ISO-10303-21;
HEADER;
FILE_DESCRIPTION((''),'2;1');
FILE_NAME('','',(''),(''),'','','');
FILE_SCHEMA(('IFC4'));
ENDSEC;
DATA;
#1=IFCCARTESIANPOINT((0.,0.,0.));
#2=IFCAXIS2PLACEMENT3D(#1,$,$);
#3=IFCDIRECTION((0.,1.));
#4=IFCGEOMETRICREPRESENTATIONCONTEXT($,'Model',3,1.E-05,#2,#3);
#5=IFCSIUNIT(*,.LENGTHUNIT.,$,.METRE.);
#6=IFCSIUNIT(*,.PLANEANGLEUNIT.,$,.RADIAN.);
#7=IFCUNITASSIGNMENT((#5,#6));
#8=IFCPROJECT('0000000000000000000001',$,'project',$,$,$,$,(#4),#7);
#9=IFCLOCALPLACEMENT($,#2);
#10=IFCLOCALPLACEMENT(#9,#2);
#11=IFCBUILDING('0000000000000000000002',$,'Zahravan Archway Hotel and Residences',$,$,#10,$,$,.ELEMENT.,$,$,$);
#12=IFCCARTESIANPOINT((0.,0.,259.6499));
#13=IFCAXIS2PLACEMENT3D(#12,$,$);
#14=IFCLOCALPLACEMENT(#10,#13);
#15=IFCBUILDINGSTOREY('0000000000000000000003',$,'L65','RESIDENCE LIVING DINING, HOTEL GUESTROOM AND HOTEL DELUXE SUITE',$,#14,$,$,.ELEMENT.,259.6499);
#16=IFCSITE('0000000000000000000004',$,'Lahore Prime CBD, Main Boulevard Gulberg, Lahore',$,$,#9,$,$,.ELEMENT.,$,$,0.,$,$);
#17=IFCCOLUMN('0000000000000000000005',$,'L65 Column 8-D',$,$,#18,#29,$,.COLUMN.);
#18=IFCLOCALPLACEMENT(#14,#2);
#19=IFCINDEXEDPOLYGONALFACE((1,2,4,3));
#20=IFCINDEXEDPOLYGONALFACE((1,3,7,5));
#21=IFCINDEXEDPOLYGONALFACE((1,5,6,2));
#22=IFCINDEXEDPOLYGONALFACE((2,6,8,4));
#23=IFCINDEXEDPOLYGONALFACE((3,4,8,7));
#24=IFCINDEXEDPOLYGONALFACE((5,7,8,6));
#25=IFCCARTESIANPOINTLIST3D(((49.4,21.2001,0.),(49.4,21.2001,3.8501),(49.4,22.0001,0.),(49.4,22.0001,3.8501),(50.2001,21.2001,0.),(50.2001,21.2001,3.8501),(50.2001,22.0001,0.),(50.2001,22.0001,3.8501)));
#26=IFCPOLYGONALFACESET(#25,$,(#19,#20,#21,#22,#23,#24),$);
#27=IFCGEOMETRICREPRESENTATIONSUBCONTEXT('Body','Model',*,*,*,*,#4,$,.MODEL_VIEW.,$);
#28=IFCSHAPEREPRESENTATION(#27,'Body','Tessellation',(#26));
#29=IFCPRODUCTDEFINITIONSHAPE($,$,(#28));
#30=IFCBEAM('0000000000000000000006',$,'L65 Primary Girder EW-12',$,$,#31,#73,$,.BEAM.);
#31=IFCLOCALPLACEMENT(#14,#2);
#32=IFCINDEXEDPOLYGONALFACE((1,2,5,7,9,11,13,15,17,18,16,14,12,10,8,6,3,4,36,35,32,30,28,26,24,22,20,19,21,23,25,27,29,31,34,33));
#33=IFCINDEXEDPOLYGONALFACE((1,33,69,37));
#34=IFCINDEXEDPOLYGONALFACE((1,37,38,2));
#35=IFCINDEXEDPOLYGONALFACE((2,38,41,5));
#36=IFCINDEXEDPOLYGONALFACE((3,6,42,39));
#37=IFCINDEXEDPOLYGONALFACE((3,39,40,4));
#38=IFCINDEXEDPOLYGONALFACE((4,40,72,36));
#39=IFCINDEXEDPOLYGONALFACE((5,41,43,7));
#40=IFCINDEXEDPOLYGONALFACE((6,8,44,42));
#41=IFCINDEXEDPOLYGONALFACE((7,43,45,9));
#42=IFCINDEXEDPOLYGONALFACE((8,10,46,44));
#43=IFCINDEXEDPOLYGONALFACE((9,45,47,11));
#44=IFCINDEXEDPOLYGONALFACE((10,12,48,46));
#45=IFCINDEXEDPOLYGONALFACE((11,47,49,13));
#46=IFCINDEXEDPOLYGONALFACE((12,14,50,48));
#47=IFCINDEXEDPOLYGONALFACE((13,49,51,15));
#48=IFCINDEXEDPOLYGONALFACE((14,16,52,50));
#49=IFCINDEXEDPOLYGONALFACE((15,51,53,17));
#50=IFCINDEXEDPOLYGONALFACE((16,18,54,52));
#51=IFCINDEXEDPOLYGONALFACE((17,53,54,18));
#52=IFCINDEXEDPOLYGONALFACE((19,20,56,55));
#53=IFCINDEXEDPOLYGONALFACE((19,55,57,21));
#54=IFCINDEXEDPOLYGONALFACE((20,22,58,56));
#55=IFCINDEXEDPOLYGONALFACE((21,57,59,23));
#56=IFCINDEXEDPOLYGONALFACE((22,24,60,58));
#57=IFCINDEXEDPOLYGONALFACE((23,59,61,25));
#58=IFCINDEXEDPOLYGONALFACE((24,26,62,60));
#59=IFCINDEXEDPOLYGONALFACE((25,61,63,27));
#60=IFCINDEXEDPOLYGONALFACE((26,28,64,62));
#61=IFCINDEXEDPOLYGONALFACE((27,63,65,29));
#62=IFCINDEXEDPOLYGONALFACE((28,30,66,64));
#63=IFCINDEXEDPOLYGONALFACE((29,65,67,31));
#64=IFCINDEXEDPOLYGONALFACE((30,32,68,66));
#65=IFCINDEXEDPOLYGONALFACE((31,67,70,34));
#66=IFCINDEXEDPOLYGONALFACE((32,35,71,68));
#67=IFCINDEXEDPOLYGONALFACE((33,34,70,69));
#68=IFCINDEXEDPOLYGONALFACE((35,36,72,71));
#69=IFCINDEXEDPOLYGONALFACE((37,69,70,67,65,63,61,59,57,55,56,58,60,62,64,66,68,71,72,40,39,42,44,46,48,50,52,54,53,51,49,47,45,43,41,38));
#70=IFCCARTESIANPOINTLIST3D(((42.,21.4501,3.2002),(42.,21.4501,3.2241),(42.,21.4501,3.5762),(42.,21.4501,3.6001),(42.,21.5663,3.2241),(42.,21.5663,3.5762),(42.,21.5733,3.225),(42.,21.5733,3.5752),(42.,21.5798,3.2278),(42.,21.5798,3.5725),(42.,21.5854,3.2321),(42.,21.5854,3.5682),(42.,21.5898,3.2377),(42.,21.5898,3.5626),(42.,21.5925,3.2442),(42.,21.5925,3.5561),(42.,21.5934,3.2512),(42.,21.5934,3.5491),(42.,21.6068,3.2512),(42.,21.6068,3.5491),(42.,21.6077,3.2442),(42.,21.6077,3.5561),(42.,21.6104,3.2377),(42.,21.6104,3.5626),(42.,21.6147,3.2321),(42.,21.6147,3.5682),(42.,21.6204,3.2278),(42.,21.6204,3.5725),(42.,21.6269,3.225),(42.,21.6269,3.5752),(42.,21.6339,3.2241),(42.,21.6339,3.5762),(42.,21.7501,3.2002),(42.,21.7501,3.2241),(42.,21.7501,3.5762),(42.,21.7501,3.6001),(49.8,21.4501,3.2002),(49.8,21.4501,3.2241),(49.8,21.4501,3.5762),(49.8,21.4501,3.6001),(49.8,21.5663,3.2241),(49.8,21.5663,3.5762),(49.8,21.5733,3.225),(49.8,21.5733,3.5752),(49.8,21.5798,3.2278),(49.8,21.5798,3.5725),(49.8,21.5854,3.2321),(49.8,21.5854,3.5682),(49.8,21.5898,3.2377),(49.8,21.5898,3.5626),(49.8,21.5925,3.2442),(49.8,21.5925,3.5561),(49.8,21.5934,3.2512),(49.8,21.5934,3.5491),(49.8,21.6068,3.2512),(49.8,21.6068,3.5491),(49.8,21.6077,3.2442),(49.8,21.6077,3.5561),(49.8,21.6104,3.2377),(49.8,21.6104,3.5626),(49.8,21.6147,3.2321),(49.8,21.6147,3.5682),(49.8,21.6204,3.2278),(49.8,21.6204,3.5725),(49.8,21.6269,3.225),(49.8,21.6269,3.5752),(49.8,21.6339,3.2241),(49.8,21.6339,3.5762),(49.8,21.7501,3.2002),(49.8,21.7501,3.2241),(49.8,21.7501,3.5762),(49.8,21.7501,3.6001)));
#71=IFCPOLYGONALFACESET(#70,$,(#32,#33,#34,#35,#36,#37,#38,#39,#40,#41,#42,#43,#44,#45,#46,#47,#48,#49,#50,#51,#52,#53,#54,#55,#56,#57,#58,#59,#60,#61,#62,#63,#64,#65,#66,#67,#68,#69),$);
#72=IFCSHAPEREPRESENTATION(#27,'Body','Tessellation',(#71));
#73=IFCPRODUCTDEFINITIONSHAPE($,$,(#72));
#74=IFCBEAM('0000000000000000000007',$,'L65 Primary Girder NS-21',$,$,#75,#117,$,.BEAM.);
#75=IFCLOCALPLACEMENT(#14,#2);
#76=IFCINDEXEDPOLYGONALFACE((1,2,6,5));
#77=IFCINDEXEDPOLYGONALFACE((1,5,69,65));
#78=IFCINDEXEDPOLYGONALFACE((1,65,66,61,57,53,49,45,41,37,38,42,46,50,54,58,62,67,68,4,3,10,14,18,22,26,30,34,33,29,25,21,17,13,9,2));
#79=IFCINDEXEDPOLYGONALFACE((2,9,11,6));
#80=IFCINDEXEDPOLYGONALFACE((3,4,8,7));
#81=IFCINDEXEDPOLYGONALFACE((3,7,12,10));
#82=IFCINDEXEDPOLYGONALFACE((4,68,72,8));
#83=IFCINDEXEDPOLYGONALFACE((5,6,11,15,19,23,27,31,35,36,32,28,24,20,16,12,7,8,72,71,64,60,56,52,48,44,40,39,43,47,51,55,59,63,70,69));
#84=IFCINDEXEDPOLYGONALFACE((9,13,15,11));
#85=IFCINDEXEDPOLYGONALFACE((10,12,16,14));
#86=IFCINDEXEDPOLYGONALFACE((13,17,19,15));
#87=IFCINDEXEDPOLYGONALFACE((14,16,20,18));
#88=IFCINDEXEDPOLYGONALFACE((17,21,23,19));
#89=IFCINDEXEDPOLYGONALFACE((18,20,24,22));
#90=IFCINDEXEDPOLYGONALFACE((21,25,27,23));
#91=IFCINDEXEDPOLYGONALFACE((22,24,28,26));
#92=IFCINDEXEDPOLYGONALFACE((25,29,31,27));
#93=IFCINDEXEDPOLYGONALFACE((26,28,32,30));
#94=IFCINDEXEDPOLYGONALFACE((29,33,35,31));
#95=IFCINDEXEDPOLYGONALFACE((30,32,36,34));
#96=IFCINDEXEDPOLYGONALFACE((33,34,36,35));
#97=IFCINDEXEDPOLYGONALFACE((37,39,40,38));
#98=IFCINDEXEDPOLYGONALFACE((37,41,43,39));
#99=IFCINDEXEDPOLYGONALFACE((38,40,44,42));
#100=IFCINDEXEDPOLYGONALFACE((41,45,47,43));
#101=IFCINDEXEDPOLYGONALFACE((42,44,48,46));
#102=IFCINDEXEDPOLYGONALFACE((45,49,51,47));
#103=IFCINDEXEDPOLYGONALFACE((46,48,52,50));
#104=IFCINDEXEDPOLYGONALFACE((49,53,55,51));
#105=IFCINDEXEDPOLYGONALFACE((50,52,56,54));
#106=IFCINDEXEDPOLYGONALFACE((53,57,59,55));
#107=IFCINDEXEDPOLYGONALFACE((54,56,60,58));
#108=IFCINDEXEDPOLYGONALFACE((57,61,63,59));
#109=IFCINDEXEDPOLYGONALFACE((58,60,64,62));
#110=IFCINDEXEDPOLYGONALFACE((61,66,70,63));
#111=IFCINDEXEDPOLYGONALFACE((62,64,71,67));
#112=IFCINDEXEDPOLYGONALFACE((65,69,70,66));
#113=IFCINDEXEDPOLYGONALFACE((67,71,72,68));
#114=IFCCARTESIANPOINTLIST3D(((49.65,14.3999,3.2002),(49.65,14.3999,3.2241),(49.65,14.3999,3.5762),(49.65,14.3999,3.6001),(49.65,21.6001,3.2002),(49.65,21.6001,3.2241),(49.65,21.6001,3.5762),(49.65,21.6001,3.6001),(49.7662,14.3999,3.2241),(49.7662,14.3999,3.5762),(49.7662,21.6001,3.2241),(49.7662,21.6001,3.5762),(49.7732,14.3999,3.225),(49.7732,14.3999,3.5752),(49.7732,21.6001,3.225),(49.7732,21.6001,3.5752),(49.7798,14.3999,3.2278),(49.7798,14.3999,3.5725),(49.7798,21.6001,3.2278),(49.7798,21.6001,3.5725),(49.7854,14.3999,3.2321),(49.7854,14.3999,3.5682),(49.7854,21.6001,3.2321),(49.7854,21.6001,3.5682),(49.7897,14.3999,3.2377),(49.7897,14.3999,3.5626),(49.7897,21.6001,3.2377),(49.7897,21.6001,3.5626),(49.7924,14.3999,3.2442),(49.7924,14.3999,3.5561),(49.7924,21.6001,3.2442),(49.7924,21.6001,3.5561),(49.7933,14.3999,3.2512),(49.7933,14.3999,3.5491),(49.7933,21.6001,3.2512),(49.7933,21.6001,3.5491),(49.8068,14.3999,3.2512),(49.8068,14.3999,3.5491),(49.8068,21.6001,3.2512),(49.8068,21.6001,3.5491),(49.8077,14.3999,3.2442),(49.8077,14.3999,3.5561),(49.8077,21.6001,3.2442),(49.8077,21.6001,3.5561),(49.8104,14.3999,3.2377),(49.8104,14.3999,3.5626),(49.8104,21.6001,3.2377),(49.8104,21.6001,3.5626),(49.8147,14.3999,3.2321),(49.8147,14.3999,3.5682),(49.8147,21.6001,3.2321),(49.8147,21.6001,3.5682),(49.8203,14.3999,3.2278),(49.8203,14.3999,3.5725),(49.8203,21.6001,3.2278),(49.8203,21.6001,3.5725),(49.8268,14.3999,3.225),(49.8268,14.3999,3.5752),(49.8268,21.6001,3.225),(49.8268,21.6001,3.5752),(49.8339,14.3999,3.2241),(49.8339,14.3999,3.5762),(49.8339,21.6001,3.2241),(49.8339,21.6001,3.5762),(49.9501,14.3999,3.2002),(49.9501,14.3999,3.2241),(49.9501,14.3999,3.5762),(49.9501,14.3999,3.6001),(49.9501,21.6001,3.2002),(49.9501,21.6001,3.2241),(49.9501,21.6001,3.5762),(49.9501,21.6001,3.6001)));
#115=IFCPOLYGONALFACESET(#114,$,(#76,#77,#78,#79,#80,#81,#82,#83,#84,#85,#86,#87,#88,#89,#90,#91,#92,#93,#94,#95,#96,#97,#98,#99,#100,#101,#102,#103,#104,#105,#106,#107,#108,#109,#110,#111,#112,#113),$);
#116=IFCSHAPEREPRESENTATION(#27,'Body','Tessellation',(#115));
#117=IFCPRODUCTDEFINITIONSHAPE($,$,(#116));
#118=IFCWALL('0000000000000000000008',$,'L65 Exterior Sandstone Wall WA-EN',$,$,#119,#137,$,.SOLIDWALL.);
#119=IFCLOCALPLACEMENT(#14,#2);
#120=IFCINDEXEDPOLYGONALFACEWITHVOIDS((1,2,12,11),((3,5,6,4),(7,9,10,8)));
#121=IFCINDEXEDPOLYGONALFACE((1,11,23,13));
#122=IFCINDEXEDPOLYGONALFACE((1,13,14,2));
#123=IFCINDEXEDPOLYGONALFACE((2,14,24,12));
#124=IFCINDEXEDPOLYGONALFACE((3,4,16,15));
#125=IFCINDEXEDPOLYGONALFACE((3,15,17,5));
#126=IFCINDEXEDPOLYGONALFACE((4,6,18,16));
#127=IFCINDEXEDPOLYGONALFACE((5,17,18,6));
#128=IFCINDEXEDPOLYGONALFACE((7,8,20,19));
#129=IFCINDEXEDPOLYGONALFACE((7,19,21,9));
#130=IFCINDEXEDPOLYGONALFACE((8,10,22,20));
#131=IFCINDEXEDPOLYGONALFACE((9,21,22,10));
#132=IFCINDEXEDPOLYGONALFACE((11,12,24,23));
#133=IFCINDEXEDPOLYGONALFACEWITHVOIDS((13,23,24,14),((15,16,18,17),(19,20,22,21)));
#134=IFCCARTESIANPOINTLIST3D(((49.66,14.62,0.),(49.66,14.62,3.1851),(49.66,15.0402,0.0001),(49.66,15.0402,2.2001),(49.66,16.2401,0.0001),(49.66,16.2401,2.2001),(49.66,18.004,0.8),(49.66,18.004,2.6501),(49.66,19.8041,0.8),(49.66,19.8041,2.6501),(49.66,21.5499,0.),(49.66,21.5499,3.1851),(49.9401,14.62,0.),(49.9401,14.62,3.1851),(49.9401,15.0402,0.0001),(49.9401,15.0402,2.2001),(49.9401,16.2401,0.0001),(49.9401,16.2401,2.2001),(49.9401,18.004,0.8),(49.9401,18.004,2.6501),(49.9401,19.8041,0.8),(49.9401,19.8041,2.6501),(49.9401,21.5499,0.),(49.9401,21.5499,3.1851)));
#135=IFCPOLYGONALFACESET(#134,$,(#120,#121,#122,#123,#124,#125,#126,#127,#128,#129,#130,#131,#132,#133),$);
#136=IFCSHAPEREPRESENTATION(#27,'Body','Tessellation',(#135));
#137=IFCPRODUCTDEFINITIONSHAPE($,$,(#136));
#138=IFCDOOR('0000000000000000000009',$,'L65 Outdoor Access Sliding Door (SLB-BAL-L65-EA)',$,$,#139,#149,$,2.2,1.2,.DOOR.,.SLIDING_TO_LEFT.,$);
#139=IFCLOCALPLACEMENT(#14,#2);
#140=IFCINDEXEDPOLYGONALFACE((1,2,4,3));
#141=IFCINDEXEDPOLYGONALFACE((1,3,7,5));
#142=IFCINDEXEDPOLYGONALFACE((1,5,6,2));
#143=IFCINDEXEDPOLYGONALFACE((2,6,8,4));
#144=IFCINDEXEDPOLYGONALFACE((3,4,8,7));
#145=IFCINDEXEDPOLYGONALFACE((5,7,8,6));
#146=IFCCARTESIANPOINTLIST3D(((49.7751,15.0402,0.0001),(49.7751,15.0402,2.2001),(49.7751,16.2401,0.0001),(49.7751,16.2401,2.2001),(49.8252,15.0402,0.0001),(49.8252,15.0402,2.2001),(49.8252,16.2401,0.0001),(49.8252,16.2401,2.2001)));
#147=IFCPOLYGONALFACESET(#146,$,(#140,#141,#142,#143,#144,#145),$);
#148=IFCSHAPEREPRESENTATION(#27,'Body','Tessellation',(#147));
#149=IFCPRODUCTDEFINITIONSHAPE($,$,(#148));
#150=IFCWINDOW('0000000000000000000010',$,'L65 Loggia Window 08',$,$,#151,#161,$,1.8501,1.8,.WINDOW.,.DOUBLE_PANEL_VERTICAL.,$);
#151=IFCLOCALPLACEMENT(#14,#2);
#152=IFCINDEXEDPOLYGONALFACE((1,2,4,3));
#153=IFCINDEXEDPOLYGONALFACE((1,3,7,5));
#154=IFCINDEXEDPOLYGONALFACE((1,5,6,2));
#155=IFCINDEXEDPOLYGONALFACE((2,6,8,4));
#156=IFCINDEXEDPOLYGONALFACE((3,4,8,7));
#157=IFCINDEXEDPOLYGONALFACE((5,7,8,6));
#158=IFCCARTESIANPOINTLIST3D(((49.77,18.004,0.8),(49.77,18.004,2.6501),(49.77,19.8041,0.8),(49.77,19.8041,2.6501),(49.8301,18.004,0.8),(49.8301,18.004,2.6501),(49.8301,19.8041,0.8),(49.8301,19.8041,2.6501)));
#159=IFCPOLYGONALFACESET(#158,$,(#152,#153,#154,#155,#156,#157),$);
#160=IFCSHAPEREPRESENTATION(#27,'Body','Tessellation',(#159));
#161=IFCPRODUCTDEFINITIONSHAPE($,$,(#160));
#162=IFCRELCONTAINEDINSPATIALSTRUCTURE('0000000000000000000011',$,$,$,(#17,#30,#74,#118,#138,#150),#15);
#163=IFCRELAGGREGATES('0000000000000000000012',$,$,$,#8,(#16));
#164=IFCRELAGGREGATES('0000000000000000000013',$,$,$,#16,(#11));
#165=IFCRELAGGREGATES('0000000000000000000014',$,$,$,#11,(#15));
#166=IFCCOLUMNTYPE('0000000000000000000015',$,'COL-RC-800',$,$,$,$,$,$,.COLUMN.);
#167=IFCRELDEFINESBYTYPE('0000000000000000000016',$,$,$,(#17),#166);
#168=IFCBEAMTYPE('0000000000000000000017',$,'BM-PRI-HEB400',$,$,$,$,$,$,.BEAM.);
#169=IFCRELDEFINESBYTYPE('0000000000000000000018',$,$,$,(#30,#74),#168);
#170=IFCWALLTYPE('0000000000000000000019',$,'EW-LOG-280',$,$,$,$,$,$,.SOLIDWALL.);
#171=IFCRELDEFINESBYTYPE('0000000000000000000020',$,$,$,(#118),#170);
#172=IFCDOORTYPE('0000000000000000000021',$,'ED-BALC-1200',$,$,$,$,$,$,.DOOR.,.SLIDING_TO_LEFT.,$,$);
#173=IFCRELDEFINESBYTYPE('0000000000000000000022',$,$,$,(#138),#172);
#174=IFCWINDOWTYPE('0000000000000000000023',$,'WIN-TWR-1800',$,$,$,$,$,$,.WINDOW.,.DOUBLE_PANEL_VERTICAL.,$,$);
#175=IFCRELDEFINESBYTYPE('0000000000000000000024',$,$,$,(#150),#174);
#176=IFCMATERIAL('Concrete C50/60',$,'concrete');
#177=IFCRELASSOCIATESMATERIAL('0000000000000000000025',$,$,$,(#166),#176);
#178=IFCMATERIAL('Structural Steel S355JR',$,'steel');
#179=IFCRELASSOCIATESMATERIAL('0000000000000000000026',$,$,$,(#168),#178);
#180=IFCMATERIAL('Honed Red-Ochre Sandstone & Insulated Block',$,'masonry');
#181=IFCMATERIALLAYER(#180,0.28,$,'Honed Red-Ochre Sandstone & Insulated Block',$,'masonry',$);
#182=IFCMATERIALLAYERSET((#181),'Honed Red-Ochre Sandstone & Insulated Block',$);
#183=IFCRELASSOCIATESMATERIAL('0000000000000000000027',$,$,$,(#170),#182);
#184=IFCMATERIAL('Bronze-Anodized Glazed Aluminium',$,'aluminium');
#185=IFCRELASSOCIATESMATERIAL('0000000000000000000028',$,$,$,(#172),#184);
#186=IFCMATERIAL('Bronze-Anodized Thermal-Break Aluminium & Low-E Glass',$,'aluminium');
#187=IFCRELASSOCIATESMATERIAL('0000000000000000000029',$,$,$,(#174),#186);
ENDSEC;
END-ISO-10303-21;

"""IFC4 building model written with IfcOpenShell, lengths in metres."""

from ifc_helpers import new_model, si_unit, direction, frame, frame_2d, origin, origin_2d, place, context, subcontext, project, spatial, rectangle, i_section, extrude, source, transform, mapped, material, layer, layer_set, material_profile, profile_set, type_object, type_shapes, element, fill, save


model = new_model("IFC4")

# Units and contexts
model_context = context("Model", 3, precision=1e-05, world=origin(), true_north=direction((0.0, 1.0)))
body_context = subcontext(model_context, "Body", "Model", "MODEL_VIEW")
ifc_project = project(units=[si_unit("LENGTHUNIT", "METRE"), si_unit("PLANEANGLEUNIT", "RADIAN")], contexts=[model_context])

# Site, building, storey
site_placement = place(None, origin())
site = spatial("IfcSite", under=ifc_project, at=site_placement, Name="Lahore Prime CBD, Main Boulevard Gulberg, Lahore", CompositionType="ELEMENT", RefElevation=0.0)
building_placement = place(site_placement, origin())
building = spatial("IfcBuilding", under=site, at=building_placement, Name="Zahravan Archway Hotel and Residences", CompositionType="ELEMENT")
storey_placement = place(building_placement, frame((0.0, 0.0, 259.6499)))
storey = spatial("IfcBuildingStorey", under=building, at=storey_placement, Name="L65", Description="RESIDENCE LIVING DINING, HOTEL GUESTROOM AND HOTEL DELUXE SUITE", CompositionType="ELEMENT", Elevation=259.6499)

# Column
ifc_material_1 = material(Name="Concrete C50/60", Category="concrete")
ifc_material_profile_1 = material_profile(ifc_material_1, rectangle(XDim=0.8, YDim=0.8, at=origin_2d()), Name="RC-COL-800x800", Category="concrete")
ifc_profile_set_1 = profile_set([ifc_material_profile_1], Name="Concrete C50/60")
column_type = type_object("IfcColumnType", Name="COL-RC-800", PredefinedType="COLUMN", material=ifc_profile_set_1)
shared_shape_1 = source(origin(), body_context, "Body", "SweptSolid", [
    extrude(rectangle(XDim=0.8, YDim=0.8, at=origin_2d()), origin(), (0.0, 0.0, 1.0), 3.8501),
])
column_placement = place(storey_placement, frame((49.8, 21.6001, 0.0), z_axis=(0.0, 0.0, 1.0), x_axis=(1.0, 0.0, 0.0)))
element("IfcColumn", 1, at=column_placement, inside=storey, type_object=column_type, Name="L65 Column 8-D", PredefinedType="COLUMN", context=body_context, shape_type="MappedRepresentation", body=[
    mapped(shared_shape_1, transform((0.0, 0.0, 0.0), scale=1.0)),
])

# Beams
ifc_material_2 = material(Name="Structural Steel S355JR", Category="steel")
ifc_material_profile_2 = material_profile(ifc_material_2, i_section(OverallWidth=0.3, OverallDepth=0.3999, WebThickness=0.0134, FlangeThickness=0.0239, FilletRadius=0.0271, at=origin_2d()), Name="HEB 400", Category="steel")
ifc_profile_set_2 = profile_set([ifc_material_profile_2], Name="Structural Steel S355JR")
beam_type = type_object("IfcBeamType", Name="BM-PRI-HEB400", PredefinedType="BEAM", material=ifc_profile_set_2)
shared_shape_2 = source(origin(), body_context, "Body", "SweptSolid", [
    extrude(i_section(OverallWidth=0.3, OverallDepth=0.3999, WebThickness=0.0134, FlangeThickness=0.0239, FilletRadius=0.0271, at=origin_2d()), origin(), (0.0, 0.0, 1.0), 7.8),
])
beam_1_placement = place(storey_placement, frame((42.0, 21.6001, 3.4001), z_axis=(1.0, 0.0, 0.0), x_axis=(0.0, 1.0, 0.0)))
element("IfcBeam", 2, at=beam_1_placement, inside=storey, type_object=beam_type, Name="L65 Primary Girder EW-12", PredefinedType="BEAM", context=body_context, shape_type="MappedRepresentation", body=[
    mapped(shared_shape_2, transform((0.0, 0.0, 0.0), scale=1.0)),
])
shared_shape_3 = source(origin(), body_context, "Body", "SweptSolid", [
    extrude(i_section(OverallWidth=0.3, OverallDepth=0.3999, WebThickness=0.0134, FlangeThickness=0.0239, FilletRadius=0.0271, at=origin_2d()), origin(), (0.0, 0.0, 1.0), 7.2002),
])
beam_2_placement = place(storey_placement, frame((49.8, 14.3999, 3.4001), z_axis=(0.0, 1.0, 0.0), x_axis=(-1.0, 0.0, 0.0)))
element("IfcBeam", 3, at=beam_2_placement, inside=storey, type_object=beam_type, Name="L65 Primary Girder NS-21", PredefinedType="BEAM", context=body_context, shape_type="MappedRepresentation", body=[
    mapped(shared_shape_3, transform((0.0, 0.0, 0.0), scale=1.0)),
])

# Wall, openings, door, window
ifc_material_3 = material(Name="Honed Red-Ochre Sandstone & Insulated Block", Category="masonry")
ifc_layer_1 = layer(ifc_material_3, 0.28, Name="Honed Red-Ochre Sandstone & Insulated Block", Category="masonry")
ifc_layer_set_1 = layer_set([ifc_layer_1], Name="Honed Red-Ochre Sandstone & Insulated Block")
wall_type_1 = type_object("IfcWallType", Name="EW-LOG-280", PredefinedType="SOLIDWALL", material=ifc_layer_set_1)
wall_1_placement = place(storey_placement, frame((49.8, 14.6201, 0.0), z_axis=(0.0, 0.0, 1.0), x_axis=(0.0, 1.0, 0.0)))
wall_1 = element("IfcWall", 4, at=wall_1_placement, inside=storey, type_object=wall_type_1, Name="L65 Exterior Sandstone Wall WA-EN", PredefinedType="SOLIDWALL", context=body_context, shape_type="SweptSolid", body=[
    extrude(rectangle(XDim=6.9299, YDim=0.28, at=frame_2d((3.4648, 0.0))), origin(), (0.0, 0.0, 1.0), 3.1851),
])
opening_1_placement = place(wall_1_placement, frame((0.4199, 0.0, 0.0)))
opening_1 = element("IfcOpeningElement", 5, at=opening_1_placement, cuts=wall_1, PredefinedType="OPENING", context=body_context, shape_type="SweptSolid", body=[
    extrude(rectangle(XDim=1.2, YDim=2.2, at=frame_2d((0.6001, 1.1001))), frame((0.0, 0.1499, 0.0), z_axis=(0.0, -1.0, 0.0), x_axis=(1.0, 0.0, 0.0)), (0.0, 0.0, 1.0), 0.3),
])
opening_2_placement = place(wall_1_placement, frame((3.384, 0.0, 0.8)))
opening_2 = element("IfcOpeningElement", 6, at=opening_2_placement, cuts=wall_1, PredefinedType="OPENING", context=body_context, shape_type="SweptSolid", body=[
    extrude(rectangle(XDim=1.8, YDim=1.8501, at=frame_2d((0.8999, 0.925))), frame((0.0, 0.1499, 0.0), z_axis=(0.0, -1.0, 0.0), x_axis=(1.0, 0.0, 0.0)), (0.0, 0.0, 1.0), 0.3),
])
ifc_material_4 = material(Name="Bronze-Anodized Glazed Aluminium", Category="aluminium")
door_type_1 = type_object("IfcDoorType", Name="ED-BALC-1200", OperationType="SLIDING_TO_LEFT", PredefinedType="DOOR", material=ifc_material_4)
shared_shape_4 = source(origin(), body_context, "Body", "SweptSolid", [
    extrude(rectangle(XDim=1.2, YDim=2.2, at=frame_2d((0.6001, 1.1001))), frame((0.0, 0.0249, 0.0), z_axis=(0.0, -1.0, 0.0), x_axis=(1.0, 0.0, 0.0)), (0.0, 0.0, 1.0), 0.05),
])
type_shapes(door_type_1, [shared_shape_4])
door_1_placement = place(opening_1_placement, origin())
door_1 = element("IfcDoor", 7, at=door_1_placement, inside=storey, type_object=door_type_1, Name="L65 Outdoor Access Sliding Door (SLB-BAL-L65-EA)", OperationType="SLIDING_TO_LEFT", OverallHeight=2.2, OverallWidth=1.2, PredefinedType="DOOR", context=body_context, shape_type="MappedRepresentation", body=[
    mapped(shared_shape_4, transform((0.0, 0.0, 0.0), scale=1.0)),
])
fill(opening_1, door_1)
ifc_material_5 = material(Name="Bronze-Anodized Thermal-Break Aluminium & Low-E Glass", Category="aluminium")
window_type = type_object("IfcWindowType", Name="WIN-TWR-1800", PartitioningType="DOUBLE_PANEL_VERTICAL", PredefinedType="WINDOW", material=ifc_material_5)
shared_shape_5 = source(origin(), body_context, "Body", "SweptSolid", [
    extrude(rectangle(XDim=1.8, YDim=1.8501, at=frame_2d((0.8999, 0.925))), frame((0.0, 0.03, 0.0), z_axis=(0.0, -1.0, 0.0), x_axis=(1.0, 0.0, 0.0)), (0.0, 0.0, 1.0), 0.0601),
])
type_shapes(window_type, [shared_shape_5])
window_placement = place(opening_2_placement, origin())
window = element("IfcWindow", 8, at=window_placement, inside=storey, type_object=window_type, Name="L65 Loggia Window 08", OverallHeight=1.8501, OverallWidth=1.8, PartitioningType="DOUBLE_PANEL_VERTICAL", PredefinedType="WINDOW", context=body_context, shape_type="MappedRepresentation", body=[
    mapped(shared_shape_5, transform((0.0, 0.0, 0.0), scale=1.0)),
])
fill(opening_2, window)

save(model, "model.ifc")
